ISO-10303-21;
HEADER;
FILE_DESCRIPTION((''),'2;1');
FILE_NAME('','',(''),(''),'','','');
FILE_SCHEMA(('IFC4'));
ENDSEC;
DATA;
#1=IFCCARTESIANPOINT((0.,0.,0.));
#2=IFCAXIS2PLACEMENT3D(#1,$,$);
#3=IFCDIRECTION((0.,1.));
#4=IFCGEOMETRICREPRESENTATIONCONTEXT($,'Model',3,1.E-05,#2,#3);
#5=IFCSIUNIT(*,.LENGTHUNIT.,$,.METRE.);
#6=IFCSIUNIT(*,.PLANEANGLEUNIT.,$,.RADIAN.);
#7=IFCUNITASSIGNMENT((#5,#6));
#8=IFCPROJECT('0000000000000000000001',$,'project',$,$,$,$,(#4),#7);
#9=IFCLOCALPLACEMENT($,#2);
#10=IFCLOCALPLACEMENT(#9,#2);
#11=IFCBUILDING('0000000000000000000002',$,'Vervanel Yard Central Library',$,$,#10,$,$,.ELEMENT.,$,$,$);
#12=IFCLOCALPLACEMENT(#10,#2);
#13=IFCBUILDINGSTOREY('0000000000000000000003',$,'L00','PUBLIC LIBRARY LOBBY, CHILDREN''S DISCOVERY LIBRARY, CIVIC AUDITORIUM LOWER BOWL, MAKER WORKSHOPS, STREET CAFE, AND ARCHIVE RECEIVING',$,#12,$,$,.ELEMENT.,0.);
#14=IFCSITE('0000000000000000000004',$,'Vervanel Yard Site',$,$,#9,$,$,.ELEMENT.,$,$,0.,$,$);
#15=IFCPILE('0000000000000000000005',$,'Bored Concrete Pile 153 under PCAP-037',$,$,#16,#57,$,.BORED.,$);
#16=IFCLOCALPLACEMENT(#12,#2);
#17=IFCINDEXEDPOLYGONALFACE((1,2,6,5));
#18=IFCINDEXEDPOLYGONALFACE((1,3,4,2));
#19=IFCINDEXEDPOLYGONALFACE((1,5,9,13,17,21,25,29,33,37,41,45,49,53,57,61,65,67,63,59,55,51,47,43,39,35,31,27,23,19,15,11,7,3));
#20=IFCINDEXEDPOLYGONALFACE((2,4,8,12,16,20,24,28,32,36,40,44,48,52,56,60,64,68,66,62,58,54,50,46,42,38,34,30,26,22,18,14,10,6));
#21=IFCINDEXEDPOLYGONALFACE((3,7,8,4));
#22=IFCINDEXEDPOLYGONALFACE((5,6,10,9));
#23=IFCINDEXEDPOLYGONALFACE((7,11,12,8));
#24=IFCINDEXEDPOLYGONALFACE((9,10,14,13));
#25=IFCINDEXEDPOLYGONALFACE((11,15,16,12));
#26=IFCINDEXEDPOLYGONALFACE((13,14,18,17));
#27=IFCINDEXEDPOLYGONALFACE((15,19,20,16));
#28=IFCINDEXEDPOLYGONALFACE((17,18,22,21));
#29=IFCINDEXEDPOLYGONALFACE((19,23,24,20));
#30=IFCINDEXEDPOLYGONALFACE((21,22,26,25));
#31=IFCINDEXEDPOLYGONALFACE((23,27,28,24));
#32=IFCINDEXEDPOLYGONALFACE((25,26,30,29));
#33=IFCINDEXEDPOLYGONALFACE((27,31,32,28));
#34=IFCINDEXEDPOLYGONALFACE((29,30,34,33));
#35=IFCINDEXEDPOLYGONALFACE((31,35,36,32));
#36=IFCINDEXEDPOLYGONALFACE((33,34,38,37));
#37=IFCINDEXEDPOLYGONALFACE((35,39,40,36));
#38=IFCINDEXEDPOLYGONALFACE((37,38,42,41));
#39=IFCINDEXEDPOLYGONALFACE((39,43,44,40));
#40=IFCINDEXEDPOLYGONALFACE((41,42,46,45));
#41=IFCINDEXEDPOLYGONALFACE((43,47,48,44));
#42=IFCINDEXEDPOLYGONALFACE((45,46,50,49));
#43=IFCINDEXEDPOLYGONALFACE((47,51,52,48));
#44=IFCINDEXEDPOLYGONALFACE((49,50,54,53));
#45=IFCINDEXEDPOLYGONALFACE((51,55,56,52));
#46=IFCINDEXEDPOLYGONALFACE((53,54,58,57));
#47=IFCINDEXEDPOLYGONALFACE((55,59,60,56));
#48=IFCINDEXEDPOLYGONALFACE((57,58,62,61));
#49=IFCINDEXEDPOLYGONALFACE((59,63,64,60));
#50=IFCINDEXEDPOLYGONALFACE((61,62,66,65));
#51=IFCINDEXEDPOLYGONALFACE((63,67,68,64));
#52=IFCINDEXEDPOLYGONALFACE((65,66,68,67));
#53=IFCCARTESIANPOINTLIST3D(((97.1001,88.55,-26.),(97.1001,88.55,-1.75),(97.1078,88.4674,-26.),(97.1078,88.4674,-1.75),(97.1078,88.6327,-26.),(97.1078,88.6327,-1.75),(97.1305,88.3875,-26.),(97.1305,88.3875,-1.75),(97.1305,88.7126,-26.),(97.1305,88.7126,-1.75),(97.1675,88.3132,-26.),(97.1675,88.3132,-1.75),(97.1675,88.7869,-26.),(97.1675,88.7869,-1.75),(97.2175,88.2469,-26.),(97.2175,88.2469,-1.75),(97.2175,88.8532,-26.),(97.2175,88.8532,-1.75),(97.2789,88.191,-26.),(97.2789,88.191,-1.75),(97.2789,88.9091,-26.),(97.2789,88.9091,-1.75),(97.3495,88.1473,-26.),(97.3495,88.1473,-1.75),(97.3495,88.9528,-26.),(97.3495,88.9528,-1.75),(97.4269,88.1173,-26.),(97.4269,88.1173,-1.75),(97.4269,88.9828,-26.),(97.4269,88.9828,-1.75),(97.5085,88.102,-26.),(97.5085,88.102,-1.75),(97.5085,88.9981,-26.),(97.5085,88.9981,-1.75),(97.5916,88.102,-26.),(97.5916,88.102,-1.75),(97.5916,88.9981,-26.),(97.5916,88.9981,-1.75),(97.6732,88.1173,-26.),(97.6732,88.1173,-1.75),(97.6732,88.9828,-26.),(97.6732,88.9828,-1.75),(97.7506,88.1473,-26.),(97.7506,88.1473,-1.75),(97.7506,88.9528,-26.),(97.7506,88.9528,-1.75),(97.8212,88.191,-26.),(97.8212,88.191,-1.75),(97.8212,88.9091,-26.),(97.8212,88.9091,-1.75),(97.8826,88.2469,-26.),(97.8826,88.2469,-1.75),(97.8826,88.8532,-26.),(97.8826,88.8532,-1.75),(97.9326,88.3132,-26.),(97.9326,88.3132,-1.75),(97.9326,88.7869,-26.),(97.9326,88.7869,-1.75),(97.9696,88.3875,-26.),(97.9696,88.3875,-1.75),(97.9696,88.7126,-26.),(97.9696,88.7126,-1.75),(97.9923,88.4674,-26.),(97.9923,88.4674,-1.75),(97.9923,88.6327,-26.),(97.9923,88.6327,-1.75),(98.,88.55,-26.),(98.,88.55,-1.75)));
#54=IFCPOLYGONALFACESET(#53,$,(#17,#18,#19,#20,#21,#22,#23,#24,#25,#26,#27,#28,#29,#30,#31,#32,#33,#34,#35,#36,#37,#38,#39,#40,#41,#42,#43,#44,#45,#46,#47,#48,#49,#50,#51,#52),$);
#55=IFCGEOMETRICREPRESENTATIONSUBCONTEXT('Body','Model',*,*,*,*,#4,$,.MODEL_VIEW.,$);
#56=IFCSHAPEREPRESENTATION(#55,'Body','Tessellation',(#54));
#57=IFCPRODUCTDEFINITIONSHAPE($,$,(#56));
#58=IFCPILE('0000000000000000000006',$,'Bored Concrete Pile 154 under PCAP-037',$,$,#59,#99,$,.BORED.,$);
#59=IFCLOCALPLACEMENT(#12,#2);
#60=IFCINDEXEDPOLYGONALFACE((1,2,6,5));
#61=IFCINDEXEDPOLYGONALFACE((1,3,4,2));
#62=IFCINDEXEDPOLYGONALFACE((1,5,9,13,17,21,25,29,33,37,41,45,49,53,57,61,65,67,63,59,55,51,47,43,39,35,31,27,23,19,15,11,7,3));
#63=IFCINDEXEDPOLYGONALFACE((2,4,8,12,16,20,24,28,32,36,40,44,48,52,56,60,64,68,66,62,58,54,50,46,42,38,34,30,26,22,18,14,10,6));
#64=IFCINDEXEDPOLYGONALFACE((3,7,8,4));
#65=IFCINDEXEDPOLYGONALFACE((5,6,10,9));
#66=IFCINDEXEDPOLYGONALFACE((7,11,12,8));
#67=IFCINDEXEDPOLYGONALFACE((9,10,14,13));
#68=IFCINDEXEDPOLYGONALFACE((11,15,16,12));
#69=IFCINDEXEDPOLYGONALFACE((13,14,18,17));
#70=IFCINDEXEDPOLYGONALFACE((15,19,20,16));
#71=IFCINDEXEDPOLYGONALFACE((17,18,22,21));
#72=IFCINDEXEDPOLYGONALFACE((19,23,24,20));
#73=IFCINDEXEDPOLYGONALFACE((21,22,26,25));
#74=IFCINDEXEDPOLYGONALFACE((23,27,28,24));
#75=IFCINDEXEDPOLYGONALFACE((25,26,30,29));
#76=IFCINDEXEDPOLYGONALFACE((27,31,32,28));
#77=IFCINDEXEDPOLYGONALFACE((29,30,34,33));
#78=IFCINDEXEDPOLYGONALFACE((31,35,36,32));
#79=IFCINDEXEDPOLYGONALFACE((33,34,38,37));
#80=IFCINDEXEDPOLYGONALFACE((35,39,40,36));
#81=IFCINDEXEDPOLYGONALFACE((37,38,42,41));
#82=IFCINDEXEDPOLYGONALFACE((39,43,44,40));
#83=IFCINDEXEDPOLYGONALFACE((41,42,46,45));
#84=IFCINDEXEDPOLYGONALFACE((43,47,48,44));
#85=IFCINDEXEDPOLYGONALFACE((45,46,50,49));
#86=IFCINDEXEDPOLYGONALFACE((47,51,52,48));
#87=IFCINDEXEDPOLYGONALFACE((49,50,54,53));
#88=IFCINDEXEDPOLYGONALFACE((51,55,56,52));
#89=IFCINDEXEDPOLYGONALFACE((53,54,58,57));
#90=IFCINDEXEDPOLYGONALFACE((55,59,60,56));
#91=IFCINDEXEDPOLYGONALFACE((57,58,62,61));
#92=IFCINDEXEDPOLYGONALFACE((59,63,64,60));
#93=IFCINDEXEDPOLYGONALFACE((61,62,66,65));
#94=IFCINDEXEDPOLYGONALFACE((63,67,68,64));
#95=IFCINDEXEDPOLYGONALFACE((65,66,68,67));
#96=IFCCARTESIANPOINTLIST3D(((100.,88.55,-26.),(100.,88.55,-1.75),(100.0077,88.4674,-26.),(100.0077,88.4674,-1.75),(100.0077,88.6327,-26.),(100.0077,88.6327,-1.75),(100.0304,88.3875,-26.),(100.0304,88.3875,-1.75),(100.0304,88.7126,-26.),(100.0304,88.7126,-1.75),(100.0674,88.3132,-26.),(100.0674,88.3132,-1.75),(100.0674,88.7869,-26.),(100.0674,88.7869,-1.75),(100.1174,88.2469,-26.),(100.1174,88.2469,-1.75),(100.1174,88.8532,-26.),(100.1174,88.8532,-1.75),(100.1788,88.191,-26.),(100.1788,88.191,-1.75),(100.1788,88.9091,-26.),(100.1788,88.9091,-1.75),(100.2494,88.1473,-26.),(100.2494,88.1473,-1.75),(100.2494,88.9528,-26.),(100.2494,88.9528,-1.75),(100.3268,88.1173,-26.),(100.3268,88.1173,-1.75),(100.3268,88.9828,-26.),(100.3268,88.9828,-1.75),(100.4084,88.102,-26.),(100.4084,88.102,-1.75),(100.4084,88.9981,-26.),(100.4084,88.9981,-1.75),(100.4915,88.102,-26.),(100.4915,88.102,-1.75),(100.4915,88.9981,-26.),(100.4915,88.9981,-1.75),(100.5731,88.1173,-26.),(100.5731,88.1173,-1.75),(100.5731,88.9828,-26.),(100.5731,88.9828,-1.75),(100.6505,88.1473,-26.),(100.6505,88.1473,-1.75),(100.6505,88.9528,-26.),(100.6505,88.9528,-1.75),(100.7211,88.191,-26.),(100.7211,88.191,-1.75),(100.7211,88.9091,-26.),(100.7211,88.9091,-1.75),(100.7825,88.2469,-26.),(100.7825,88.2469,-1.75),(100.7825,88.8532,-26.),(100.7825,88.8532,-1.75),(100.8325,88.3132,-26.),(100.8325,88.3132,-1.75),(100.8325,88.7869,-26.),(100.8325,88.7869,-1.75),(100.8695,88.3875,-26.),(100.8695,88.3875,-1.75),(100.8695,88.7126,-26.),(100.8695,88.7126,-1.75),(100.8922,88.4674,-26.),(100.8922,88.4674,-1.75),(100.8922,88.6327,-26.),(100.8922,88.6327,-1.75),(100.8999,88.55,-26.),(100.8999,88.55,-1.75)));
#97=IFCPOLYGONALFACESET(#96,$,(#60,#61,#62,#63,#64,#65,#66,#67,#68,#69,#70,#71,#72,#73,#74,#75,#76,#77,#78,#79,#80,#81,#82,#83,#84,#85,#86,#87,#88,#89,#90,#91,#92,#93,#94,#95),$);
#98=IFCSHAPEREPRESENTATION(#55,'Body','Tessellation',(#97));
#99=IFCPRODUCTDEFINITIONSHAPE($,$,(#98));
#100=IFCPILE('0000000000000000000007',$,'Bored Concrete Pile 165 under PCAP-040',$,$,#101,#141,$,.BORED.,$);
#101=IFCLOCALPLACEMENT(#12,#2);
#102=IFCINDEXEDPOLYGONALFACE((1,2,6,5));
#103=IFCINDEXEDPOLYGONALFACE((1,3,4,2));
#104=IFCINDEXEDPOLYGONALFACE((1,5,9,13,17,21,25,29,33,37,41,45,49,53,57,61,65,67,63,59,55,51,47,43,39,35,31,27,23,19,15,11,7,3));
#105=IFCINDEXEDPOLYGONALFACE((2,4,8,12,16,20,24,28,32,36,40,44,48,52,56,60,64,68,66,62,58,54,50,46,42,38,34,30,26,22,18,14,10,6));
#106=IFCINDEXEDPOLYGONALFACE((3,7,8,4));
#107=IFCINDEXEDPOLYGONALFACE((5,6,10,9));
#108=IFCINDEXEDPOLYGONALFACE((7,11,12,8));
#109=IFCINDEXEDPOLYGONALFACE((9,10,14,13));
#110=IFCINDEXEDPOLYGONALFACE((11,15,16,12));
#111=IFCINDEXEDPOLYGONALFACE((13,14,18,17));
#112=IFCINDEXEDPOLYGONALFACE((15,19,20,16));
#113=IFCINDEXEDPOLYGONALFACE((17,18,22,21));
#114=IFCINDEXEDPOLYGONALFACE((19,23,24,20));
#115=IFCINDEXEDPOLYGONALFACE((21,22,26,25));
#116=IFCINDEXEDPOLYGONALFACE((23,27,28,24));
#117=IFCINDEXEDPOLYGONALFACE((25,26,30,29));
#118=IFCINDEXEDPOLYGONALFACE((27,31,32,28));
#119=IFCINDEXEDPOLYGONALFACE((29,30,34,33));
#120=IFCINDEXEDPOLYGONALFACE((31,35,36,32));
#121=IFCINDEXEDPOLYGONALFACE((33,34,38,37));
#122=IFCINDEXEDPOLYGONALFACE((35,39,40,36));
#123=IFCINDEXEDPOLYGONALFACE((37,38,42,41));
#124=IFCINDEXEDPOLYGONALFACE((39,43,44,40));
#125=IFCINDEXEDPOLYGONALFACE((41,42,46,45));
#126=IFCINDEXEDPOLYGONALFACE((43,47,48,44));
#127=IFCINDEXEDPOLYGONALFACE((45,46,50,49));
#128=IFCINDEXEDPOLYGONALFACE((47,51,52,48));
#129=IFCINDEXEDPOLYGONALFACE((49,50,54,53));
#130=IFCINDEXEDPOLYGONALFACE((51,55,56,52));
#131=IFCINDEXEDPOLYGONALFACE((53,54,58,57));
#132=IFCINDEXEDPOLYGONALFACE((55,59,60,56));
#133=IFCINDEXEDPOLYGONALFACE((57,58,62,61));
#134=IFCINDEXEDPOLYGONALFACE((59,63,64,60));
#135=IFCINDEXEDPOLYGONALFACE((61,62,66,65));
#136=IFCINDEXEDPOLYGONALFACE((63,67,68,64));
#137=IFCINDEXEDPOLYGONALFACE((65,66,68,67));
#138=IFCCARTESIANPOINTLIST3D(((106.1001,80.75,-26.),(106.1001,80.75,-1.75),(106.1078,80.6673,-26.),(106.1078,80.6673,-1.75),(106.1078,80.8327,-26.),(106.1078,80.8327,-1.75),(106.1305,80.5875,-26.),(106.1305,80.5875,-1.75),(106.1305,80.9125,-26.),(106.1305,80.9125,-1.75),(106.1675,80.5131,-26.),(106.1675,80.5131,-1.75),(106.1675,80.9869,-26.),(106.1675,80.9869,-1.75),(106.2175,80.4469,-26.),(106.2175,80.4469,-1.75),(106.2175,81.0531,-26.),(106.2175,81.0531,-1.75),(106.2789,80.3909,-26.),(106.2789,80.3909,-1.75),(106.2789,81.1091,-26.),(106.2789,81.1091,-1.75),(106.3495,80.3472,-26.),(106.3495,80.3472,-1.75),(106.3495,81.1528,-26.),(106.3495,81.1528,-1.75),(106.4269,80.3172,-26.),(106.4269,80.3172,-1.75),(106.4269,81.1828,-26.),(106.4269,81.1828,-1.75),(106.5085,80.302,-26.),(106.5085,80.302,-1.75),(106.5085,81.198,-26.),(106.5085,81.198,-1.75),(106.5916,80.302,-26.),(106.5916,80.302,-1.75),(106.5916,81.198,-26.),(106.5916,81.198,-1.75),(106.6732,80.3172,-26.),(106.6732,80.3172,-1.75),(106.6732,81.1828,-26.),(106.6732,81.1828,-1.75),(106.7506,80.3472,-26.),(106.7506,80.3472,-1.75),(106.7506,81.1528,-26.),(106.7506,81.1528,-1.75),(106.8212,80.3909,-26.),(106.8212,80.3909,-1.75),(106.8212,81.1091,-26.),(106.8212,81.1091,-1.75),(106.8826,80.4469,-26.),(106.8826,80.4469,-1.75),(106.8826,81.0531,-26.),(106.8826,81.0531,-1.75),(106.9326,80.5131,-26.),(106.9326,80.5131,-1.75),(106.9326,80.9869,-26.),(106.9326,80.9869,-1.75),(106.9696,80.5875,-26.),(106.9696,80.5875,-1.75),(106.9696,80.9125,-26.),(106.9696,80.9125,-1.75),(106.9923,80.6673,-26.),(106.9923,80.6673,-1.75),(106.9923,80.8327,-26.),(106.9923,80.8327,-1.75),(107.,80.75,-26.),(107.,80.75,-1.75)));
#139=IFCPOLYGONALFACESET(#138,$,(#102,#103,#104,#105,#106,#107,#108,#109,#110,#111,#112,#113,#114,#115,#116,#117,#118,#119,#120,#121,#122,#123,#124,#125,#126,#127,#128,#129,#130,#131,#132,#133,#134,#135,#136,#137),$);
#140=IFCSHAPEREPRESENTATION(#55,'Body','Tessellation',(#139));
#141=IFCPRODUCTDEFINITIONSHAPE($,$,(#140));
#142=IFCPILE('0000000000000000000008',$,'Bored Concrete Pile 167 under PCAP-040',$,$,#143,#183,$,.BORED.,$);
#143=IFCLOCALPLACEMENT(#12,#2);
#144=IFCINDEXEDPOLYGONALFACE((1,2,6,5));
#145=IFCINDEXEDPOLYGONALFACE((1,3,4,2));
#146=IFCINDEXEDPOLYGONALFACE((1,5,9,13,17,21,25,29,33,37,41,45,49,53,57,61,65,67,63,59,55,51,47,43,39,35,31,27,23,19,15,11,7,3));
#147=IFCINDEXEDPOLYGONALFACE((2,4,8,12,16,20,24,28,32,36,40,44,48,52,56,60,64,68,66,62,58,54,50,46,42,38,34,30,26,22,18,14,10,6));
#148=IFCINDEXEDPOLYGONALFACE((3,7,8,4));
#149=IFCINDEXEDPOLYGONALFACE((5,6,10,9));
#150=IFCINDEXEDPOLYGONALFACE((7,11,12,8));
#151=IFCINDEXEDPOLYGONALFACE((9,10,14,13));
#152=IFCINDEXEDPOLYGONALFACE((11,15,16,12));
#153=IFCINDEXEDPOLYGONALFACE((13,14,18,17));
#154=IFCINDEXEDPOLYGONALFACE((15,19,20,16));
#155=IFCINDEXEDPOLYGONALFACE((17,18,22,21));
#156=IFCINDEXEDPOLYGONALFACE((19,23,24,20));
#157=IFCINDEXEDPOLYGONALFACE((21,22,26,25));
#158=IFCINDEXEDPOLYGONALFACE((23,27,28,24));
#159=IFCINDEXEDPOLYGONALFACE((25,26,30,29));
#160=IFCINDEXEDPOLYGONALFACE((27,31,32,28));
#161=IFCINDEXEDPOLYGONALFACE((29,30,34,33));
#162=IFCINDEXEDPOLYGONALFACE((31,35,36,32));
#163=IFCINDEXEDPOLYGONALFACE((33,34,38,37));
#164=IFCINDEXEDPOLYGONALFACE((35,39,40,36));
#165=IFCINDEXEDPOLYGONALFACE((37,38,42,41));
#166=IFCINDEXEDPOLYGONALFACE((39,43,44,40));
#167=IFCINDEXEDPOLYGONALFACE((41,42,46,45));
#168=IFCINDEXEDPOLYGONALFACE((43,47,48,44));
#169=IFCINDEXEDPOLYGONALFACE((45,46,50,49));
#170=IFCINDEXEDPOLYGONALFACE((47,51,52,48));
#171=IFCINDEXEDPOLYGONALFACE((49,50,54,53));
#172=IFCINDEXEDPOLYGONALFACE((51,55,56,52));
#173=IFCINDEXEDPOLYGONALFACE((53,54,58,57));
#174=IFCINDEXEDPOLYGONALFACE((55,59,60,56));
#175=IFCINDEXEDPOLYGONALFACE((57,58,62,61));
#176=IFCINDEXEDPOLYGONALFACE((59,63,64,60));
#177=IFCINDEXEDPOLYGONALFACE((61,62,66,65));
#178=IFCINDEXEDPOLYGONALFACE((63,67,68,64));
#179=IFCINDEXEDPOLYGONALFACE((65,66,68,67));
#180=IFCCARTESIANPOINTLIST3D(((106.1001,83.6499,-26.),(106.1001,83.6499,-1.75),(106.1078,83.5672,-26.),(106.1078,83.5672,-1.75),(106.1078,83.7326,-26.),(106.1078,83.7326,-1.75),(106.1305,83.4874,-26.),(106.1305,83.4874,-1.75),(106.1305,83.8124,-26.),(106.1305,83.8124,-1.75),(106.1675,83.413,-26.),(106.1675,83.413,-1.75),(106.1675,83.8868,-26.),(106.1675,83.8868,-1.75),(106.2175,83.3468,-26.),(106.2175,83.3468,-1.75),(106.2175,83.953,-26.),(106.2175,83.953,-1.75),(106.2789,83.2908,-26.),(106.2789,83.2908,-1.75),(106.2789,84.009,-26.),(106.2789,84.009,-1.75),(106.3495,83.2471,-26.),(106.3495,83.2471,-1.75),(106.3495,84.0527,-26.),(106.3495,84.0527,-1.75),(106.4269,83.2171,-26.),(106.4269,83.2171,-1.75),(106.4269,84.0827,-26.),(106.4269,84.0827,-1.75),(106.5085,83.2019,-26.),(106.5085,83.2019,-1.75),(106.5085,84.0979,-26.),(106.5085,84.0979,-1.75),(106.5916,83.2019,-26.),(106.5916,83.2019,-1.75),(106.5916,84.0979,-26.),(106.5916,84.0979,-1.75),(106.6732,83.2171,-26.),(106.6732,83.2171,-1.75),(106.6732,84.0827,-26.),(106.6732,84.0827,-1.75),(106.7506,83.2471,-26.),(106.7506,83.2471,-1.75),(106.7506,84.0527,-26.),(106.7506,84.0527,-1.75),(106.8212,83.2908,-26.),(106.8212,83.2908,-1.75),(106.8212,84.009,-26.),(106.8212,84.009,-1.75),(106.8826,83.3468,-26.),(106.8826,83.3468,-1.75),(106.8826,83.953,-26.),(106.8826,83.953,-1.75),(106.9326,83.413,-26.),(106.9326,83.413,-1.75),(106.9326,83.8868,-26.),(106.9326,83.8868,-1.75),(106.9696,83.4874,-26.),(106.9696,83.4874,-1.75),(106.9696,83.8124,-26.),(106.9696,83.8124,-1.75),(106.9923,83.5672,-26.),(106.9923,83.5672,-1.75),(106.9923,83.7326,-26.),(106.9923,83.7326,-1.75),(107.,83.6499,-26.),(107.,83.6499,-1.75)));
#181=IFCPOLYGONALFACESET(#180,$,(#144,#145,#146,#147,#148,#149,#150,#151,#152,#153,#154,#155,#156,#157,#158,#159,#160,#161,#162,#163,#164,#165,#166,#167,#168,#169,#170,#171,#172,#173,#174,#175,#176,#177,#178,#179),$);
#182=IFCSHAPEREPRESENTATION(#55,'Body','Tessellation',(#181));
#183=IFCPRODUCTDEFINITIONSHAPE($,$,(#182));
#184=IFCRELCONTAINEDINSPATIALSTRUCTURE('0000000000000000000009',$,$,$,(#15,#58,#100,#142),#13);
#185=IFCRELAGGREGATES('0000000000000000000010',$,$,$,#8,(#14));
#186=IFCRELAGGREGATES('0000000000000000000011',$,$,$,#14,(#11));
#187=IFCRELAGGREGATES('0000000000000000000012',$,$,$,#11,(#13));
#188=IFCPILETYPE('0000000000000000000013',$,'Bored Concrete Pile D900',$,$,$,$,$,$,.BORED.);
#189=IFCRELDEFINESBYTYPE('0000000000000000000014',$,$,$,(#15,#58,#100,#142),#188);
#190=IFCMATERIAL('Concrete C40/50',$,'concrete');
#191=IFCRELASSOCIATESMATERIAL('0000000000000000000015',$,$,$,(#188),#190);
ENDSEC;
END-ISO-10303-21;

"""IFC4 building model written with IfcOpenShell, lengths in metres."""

from ifc_helpers import new_model, si_unit, direction, frame, origin, origin_2d, place, context, subcontext, project, spatial, circle, extrude, material, material_profile, profile_set, type_object, element, save


model = new_model("IFC4")

# Units and contexts
model_context = context("Model", 3, precision=1e-05, world=origin(), true_north=direction((0.0, 1.0)))
body_context = subcontext(model_context, "Body", "Model", "MODEL_VIEW")
ifc_project = project(units=[si_unit("LENGTHUNIT", "METRE"), si_unit("PLANEANGLEUNIT", "RADIAN")], contexts=[model_context])

# Site, building, storey
site_placement = place(None, origin())
site = spatial("IfcSite", under=ifc_project, at=site_placement, Name="Vervanel Yard Site", CompositionType="ELEMENT", RefElevation=0.0)
building_placement = place(site_placement, origin())
building = spatial("IfcBuilding", under=site, at=building_placement, Name="Vervanel Yard Central Library", CompositionType="ELEMENT")
storey_placement = place(building_placement, origin())
storey = spatial("IfcBuildingStorey", under=building, at=storey_placement, Name="L00", Description="PUBLIC LIBRARY LOBBY, CHILDREN'S DISCOVERY LIBRARY, CIVIC AUDITORIUM LOWER BOWL, MAKER WORKSHOPS, STREET CAFE, AND ARCHIVE RECEIVING", CompositionType="ELEMENT", Elevation=0.0)

# Piles
ifc_material_1 = material(Name="Concrete C40/50", Category="concrete")
ifc_material_profile_1 = material_profile(ifc_material_1, circle(Radius=0.45, at=origin_2d()), Name="BP D900", Category="concrete")
ifc_profile_set_1 = profile_set([ifc_material_profile_1], Name="Concrete C40/50")
pile_type = type_object("IfcPileType", Name="Bored Concrete Pile D900", PredefinedType="BORED", material=ifc_profile_set_1)
for number, where, z_axis, x_axis, name in (
    (1, (97.55, 88.55, -1.75), (0.0, 0.0, -1.0), (1.0, 0.0, 0.0), "Bored Concrete Pile 153 under PCAP-037"),
    (2, (100.45, 88.55, -1.75), (0.0, 0.0, -1.0), (1.0, 0.0, 0.0), "Bored Concrete Pile 154 under PCAP-037"),
    (3, (106.55, 80.75, -1.75), (0.0, 0.0, -1.0), (1.0, 0.0, 0.0), "Bored Concrete Pile 165 under PCAP-040"),
    (4, (106.55, 83.6499, -1.75), (0.0, 0.0, -1.0), (1.0, 0.0, 0.0), "Bored Concrete Pile 167 under PCAP-040"),
):
    element("IfcPile", number, at=place(storey_placement, frame(where, z_axis=z_axis, x_axis=x_axis)), inside=storey, type_object=pile_type, Name=name, PredefinedType="BORED", context=body_context, shape_type="SweptSolid", body=[
        extrude(circle(Radius=0.45, at=origin_2d()), origin(), (0.0, 0.0, 1.0), 24.25),
    ])

save(model, "model.ifc")
